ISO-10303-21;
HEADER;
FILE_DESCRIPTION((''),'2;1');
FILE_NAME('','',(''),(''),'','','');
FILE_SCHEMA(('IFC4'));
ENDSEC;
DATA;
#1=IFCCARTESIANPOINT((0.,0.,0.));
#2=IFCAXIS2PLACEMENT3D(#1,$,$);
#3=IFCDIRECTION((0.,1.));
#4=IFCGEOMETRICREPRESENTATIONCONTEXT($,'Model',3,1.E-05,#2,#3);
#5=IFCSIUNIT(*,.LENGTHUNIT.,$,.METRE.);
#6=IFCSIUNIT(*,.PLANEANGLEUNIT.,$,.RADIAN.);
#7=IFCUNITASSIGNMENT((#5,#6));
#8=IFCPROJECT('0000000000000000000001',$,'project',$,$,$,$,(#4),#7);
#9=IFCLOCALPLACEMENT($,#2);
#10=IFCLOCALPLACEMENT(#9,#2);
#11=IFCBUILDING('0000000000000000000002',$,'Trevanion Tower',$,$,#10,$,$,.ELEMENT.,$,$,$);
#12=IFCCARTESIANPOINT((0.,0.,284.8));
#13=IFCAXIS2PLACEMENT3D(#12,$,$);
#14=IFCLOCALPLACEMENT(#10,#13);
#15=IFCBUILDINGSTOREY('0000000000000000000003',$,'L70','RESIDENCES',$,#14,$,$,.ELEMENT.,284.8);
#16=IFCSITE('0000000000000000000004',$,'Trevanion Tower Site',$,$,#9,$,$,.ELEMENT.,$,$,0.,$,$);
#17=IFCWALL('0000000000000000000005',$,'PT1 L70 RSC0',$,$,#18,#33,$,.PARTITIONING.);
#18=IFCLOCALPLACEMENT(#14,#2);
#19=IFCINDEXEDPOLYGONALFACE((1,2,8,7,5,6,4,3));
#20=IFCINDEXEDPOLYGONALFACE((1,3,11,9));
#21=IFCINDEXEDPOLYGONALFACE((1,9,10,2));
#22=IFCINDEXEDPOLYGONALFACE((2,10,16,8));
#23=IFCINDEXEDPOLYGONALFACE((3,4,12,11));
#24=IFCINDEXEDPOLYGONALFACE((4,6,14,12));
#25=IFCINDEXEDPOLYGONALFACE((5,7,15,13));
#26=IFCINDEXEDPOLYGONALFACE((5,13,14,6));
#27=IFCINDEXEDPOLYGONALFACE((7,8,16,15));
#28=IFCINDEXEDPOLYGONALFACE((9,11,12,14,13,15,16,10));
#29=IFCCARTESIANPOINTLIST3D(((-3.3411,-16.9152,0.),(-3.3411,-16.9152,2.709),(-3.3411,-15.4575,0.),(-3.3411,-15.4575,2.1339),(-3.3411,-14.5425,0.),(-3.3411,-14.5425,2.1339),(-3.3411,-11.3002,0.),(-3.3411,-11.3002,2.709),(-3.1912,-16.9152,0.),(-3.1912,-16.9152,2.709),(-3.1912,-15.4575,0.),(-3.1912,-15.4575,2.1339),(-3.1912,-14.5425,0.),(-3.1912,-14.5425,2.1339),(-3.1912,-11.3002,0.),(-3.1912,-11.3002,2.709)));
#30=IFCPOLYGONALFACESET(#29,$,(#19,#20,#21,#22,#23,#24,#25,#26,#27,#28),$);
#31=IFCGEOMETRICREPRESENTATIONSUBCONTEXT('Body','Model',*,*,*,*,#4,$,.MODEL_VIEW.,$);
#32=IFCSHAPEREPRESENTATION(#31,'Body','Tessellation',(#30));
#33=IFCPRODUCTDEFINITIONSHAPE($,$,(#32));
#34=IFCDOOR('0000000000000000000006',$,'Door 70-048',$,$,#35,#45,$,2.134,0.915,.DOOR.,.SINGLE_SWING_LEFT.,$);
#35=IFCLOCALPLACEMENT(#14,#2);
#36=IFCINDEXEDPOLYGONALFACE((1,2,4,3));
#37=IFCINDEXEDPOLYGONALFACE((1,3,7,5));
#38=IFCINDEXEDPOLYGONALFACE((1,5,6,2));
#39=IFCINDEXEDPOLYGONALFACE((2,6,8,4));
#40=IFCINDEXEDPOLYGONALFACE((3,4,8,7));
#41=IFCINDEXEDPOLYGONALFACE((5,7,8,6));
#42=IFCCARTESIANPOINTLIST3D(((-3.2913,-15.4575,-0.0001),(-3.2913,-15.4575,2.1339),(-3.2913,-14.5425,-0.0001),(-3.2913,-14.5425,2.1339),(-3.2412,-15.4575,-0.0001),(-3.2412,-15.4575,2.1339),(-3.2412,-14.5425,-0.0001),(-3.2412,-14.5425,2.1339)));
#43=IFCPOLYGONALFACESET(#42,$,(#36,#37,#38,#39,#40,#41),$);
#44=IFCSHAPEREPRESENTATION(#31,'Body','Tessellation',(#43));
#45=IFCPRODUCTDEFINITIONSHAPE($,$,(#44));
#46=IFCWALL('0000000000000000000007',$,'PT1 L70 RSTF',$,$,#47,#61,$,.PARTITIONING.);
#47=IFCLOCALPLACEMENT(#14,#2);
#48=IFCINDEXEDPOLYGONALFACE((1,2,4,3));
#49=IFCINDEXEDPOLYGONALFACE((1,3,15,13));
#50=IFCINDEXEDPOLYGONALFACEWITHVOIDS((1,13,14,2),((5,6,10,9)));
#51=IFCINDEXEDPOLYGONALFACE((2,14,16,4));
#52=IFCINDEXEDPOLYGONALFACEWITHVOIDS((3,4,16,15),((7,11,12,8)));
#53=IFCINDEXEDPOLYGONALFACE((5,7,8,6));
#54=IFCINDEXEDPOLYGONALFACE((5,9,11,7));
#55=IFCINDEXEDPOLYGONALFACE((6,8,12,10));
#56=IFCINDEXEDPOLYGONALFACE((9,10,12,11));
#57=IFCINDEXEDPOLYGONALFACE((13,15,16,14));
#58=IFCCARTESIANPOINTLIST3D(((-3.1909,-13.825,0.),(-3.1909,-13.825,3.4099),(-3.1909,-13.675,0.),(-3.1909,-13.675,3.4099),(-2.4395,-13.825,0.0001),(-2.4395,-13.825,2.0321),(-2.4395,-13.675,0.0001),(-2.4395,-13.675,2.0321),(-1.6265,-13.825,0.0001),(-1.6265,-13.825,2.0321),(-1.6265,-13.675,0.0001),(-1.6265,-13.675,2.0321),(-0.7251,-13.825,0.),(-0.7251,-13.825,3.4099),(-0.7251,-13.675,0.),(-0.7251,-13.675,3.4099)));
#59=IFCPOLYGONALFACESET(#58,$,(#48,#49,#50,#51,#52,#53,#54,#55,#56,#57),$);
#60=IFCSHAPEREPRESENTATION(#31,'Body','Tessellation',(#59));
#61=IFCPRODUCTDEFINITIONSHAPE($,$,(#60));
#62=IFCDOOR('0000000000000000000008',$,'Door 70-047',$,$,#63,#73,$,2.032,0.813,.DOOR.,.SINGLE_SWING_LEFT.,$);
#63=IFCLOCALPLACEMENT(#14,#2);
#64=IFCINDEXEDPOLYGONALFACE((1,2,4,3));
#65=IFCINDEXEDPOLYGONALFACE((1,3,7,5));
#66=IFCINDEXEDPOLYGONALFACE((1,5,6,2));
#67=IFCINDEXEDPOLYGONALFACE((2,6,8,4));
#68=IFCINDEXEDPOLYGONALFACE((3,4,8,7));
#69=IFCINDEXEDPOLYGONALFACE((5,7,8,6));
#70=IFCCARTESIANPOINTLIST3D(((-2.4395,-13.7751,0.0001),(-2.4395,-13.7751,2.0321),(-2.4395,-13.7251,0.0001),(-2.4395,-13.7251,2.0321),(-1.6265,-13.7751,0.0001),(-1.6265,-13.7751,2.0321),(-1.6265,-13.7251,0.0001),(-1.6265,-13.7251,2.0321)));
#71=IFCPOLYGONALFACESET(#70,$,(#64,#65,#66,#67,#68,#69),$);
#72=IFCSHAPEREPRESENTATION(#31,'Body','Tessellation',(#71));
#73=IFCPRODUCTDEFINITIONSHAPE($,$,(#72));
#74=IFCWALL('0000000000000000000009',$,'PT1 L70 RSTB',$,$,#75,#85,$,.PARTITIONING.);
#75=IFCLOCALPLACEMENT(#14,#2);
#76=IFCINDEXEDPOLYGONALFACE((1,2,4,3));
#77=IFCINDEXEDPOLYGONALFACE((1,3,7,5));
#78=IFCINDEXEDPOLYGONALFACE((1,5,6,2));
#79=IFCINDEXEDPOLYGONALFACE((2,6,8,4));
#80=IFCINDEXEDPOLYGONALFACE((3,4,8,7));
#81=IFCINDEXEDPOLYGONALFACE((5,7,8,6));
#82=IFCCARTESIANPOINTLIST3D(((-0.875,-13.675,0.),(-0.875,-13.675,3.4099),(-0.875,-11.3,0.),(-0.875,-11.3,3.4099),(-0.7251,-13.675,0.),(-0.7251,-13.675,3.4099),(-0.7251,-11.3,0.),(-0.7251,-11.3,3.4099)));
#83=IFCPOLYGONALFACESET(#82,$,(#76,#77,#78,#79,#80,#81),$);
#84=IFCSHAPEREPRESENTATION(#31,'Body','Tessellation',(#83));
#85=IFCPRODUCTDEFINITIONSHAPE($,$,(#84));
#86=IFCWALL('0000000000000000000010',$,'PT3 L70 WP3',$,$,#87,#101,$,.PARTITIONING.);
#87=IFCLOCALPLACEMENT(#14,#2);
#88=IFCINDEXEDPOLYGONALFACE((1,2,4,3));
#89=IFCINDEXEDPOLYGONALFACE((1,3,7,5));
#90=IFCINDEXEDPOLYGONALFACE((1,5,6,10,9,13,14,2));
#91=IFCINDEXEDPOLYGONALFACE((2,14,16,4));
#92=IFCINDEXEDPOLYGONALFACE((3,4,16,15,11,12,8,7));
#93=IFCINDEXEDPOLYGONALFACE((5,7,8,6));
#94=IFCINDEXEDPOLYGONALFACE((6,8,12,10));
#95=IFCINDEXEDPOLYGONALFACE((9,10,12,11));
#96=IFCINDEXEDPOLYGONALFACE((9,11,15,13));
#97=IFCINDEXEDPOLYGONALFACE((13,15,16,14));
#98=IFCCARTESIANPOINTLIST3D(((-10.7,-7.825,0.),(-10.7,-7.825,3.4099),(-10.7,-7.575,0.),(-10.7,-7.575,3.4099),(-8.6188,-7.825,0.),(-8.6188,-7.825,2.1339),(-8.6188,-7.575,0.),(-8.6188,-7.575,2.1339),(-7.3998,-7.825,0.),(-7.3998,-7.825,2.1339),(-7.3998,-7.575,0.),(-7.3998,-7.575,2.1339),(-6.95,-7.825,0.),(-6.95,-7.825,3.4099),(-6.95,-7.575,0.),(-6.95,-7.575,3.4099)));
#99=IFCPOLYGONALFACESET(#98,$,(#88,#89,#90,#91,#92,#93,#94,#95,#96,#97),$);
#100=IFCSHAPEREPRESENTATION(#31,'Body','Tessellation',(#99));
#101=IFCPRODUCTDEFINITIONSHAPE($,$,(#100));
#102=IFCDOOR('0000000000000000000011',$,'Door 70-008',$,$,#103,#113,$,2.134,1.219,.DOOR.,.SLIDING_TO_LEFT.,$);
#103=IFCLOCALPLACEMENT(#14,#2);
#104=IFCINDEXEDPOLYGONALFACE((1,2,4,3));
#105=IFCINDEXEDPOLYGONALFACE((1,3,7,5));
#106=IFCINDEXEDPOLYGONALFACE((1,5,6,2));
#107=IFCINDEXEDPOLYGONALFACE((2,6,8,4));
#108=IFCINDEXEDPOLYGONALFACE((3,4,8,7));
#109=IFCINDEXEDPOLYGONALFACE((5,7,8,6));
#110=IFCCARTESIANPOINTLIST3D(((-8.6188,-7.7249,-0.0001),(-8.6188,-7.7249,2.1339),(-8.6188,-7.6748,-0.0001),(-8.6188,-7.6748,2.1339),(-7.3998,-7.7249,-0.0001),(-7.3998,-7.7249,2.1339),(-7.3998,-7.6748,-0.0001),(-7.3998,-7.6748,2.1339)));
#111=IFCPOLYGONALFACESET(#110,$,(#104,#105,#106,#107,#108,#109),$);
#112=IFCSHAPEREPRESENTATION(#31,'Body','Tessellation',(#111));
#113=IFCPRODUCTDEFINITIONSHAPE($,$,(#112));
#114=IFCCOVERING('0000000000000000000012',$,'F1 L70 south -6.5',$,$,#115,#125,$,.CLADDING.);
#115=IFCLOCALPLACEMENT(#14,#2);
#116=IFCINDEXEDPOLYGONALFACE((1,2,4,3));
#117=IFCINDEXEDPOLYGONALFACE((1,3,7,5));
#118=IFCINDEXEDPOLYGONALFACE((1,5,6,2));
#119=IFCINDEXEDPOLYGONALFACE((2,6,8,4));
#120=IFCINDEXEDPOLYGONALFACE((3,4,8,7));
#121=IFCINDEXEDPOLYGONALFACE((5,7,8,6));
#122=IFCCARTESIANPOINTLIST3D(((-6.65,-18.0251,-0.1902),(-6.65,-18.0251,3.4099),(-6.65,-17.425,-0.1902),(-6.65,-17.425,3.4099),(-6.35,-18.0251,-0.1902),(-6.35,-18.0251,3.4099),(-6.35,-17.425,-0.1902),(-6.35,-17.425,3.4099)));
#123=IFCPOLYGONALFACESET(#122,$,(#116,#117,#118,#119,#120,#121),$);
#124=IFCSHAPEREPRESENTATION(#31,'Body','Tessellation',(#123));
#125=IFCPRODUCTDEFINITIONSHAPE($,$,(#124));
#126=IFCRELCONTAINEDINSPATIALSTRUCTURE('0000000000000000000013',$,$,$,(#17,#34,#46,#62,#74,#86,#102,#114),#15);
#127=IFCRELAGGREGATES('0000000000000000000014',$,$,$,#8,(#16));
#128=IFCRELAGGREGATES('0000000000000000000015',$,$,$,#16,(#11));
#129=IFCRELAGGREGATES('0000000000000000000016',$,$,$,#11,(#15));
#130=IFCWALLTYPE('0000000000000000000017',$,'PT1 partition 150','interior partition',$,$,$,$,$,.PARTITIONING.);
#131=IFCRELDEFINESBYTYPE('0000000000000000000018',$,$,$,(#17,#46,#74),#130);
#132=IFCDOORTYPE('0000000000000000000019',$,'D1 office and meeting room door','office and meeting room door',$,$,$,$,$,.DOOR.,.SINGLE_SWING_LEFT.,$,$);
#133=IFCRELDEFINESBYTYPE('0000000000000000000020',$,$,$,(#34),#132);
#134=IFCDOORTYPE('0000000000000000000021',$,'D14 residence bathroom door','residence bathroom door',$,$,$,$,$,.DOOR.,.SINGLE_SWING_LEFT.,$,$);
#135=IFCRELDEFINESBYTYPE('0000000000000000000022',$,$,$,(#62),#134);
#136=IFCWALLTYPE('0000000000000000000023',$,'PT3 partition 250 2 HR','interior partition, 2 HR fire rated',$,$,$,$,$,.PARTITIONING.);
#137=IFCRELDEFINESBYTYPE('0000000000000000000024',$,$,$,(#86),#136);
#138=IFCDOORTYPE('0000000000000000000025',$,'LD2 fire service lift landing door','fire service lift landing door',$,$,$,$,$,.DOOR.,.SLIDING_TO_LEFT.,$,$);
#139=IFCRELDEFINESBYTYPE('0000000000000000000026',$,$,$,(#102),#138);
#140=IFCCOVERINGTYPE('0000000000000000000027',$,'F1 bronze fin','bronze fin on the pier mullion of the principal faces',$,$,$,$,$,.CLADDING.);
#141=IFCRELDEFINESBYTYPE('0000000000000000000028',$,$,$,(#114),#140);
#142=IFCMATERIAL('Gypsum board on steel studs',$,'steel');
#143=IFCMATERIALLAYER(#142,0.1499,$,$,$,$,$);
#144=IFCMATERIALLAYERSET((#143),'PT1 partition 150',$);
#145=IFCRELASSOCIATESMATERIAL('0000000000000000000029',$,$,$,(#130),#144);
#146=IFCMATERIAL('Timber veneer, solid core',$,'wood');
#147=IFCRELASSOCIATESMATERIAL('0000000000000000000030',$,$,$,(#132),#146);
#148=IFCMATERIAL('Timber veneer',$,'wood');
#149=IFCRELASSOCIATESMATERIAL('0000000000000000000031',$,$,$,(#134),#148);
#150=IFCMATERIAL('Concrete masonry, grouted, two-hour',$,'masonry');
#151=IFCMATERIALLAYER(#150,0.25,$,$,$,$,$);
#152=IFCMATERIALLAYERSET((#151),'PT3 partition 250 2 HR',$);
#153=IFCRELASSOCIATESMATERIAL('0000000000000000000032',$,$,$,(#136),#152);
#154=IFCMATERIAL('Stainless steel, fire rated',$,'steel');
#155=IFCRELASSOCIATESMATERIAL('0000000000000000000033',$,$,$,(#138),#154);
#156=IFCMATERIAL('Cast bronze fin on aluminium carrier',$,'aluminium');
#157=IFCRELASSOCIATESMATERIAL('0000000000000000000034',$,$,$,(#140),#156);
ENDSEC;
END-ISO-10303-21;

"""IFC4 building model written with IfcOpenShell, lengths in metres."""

from ifc_helpers import new_model, si_unit, direction, frame, frame_2d, origin, origin_2d, place, context, subcontext, project, spatial, rectangle, extrude, material, layer, layer_set, type_object, element, fill, save


model = new_model("IFC4")

# Units and contexts
model_context = context("Model", 3, precision=1e-05, world=origin(), true_north=direction((0.0, 1.0)))
body_context = subcontext(model_context, "Body", "Model", "MODEL_VIEW")
ifc_project = project(units=[si_unit("LENGTHUNIT", "METRE"), si_unit("PLANEANGLEUNIT", "RADIAN")], contexts=[model_context])

# Site, building, storey
site_placement = place(None, origin())
site = spatial("IfcSite", under=ifc_project, at=site_placement, Name="Trevanion Tower Site", CompositionType="ELEMENT", RefElevation=0.0)
building_placement = place(site_placement, origin())
building = spatial("IfcBuilding", under=site, at=building_placement, Name="Trevanion Tower", CompositionType="ELEMENT")
storey_placement = place(building_placement, frame((0.0, 0.0, 284.8)))
storey = spatial("IfcBuildingStorey", under=building, at=storey_placement, Name="L70", Description="RESIDENCES", CompositionType="ELEMENT", Elevation=284.8)

# Walls, openings, doors
ifc_material_1 = material(Name="Gypsum board on steel studs", Category="steel")
ifc_layer_1 = layer(ifc_material_1, 0.1499)
ifc_layer_set_1 = layer_set([ifc_layer_1], Name="PT1 partition 150")
wall_type_1 = type_object("IfcWallType", Name="PT1 partition 150", Description="interior partition", PredefinedType="PARTITIONING", material=ifc_layer_set_1)
wall_1_placement = place(storey_placement, frame((-3.2661, -11.3, 0.0), z_axis=(0.0, 0.0, 1.0), x_axis=(0.0, -1.0, 0.0)))
wall_1 = element("IfcWall", 1, at=wall_1_placement, inside=storey, type_object=wall_type_1, Name="PT1 L70 RSC0", PredefinedType="PARTITIONING", context=body_context, shape_type="SweptSolid", body=[
    extrude(rectangle(XDim=5.615, YDim=0.1499, at=frame_2d((2.8076, 0.0))), origin(), (0.0, 0.0, 1.0), 2.709),
])
opening_1_placement = place(wall_1_placement, frame((3.2424, 0.0, 0.0)))
opening_1 = element("IfcOpeningElement", 2, at=opening_1_placement, cuts=wall_1, PredefinedType="OPENING", context=body_context, shape_type="SweptSolid", body=[
    extrude(rectangle(XDim=0.915, YDim=2.134, at=frame_2d((0.4575, 1.0669))), frame((0.0, 0.085, 0.0), z_axis=(0.0, -1.0, 0.0), x_axis=(1.0, 0.0, 0.0)), (0.0, 0.0, 1.0), 0.1699),
])
ifc_material_2 = material(Name="Timber veneer, solid core", Category="wood")
door_type_1 = type_object("IfcDoorType", Name="D1 office and meeting room door", Description="office and meeting room door", OperationType="SINGLE_SWING_LEFT", PredefinedType="DOOR", material=ifc_material_2)
door_1_placement = place(opening_1_placement, origin())
door_1 = element("IfcDoor", 3, at=door_1_placement, inside=storey, type_object=door_type_1, Name="Door 70-048", OperationType="SINGLE_SWING_LEFT", OverallHeight=2.134, OverallWidth=0.915, PredefinedType="DOOR", context=body_context, shape_type="SweptSolid", body=[
    extrude(rectangle(XDim=0.915, YDim=2.134, at=frame_2d((0.4575, 1.0669))), frame((0.0, 0.0249, 0.0), z_axis=(0.0, -1.0, 0.0), x_axis=(1.0, 0.0, 0.0)), (0.0, 0.0, 1.0), 0.05),
])
fill(opening_1, door_1)
wall_2_placement = place(storey_placement, frame((-3.1909, -13.75, 0.0), z_axis=(0.0, 0.0, 1.0), x_axis=(1.0, 0.0, 0.0)))
wall_2 = element("IfcWall", 4, at=wall_2_placement, inside=storey, type_object=wall_type_1, Name="PT1 L70 RSTF", PredefinedType="PARTITIONING", context=body_context, shape_type="SweptSolid", body=[
    extrude(rectangle(XDim=2.4658, YDim=0.1499, at=frame_2d((1.2329, 0.0))), origin(), (0.0, 0.0, 1.0), 3.4099),
])
opening_2_placement = place(wall_2_placement, frame((0.7515, 0.0, 0.0)))
opening_2 = element("IfcOpeningElement", 5, at=opening_2_placement, cuts=wall_2, PredefinedType="OPENING", context=body_context, shape_type="SweptSolid", body=[
    extrude(rectangle(XDim=0.813, YDim=2.032, at=frame_2d((0.4065, 1.0161))), frame((0.0, 0.085, 0.0), z_axis=(0.0, -1.0, 0.0), x_axis=(1.0, 0.0, 0.0)), (0.0, 0.0, 1.0), 0.1699),
])
ifc_material_3 = material(Name="Timber veneer", Category="wood")
door_type_2 = type_object("IfcDoorType", Name="D14 residence bathroom door", Description="residence bathroom door", OperationType="SINGLE_SWING_LEFT", PredefinedType="DOOR", material=ifc_material_3)
door_2_placement = place(opening_2_placement, origin())
door_2 = element("IfcDoor", 6, at=door_2_placement, inside=storey, type_object=door_type_2, Name="Door 70-047", OperationType="SINGLE_SWING_LEFT", OverallHeight=2.032, OverallWidth=0.813, PredefinedType="DOOR", context=body_context, shape_type="SweptSolid", body=[
    extrude(rectangle(XDim=0.813, YDim=2.032, at=frame_2d((0.4065, 1.0161))), frame((0.0, 0.0249, 0.0), z_axis=(0.0, -1.0, 0.0), x_axis=(1.0, 0.0, 0.0)), (0.0, 0.0, 1.0), 0.05),
])
fill(opening_2, door_2)

# Wall
wall_3_placement = place(storey_placement, frame((-0.8, -11.3, 0.0), z_axis=(0.0, 0.0, 1.0), x_axis=(0.0, -1.0, 0.0)))
element("IfcWall", 7, at=wall_3_placement, inside=storey, type_object=wall_type_1, Name="PT1 L70 RSTB", PredefinedType="PARTITIONING", context=body_context, shape_type="SweptSolid", body=[
    extrude(rectangle(XDim=2.375, YDim=0.1499, at=frame_2d((1.1875, 0.0))), origin(), (0.0, 0.0, 1.0), 3.4099),
])

# Wall, opening, door
ifc_material_4 = material(Name="Concrete masonry, grouted, two-hour", Category="masonry")
ifc_layer_2 = layer(ifc_material_4, 0.25)
ifc_layer_set_2 = layer_set([ifc_layer_2], Name="PT3 partition 250 2 HR")
wall_type_2 = type_object("IfcWallType", Name="PT3 partition 250 2 HR", Description="interior partition, 2 HR fire rated", PredefinedType="PARTITIONING", material=ifc_layer_set_2)
wall_4_placement = place(storey_placement, frame((-6.95, -7.7, 0.0), z_axis=(0.0, 0.0, 1.0), x_axis=(-1.0, 0.0, 0.0)))
wall_4 = element("IfcWall", 8, at=wall_4_placement, inside=storey, type_object=wall_type_2, Name="PT3 L70 WP3", PredefinedType="PARTITIONING", context=body_context, shape_type="SweptSolid", body=[
    extrude(rectangle(XDim=3.75, YDim=0.25, at=frame_2d((1.875, 0.0))), origin(), (0.0, 0.0, 1.0), 3.4099),
])
opening_3_placement = place(wall_4_placement, frame((0.45, 0.0, 0.0)))
opening_3 = element("IfcOpeningElement", 9, at=opening_3_placement, cuts=wall_4, PredefinedType="OPENING", context=body_context, shape_type="SweptSolid", body=[
    extrude(rectangle(XDim=1.219, YDim=2.134, at=frame_2d((0.6094, 1.0669))), frame((0.0, 0.135, 0.0), z_axis=(0.0, -1.0, 0.0), x_axis=(1.0, 0.0, 0.0)), (0.0, 0.0, 1.0), 0.27),
])
ifc_material_5 = material(Name="Stainless steel, fire rated", Category="steel")
door_type_3 = type_object("IfcDoorType", Name="LD2 fire service lift landing door", Description="fire service lift landing door", OperationType="SLIDING_TO_LEFT", PredefinedType="DOOR", material=ifc_material_5)
door_3_placement = place(opening_3_placement, origin())
door_3 = element("IfcDoor", 10, at=door_3_placement, inside=storey, type_object=door_type_3, Name="Door 70-008", OperationType="SLIDING_TO_LEFT", OverallHeight=2.134, OverallWidth=1.219, PredefinedType="DOOR", context=body_context, shape_type="SweptSolid", body=[
    extrude(rectangle(XDim=1.219, YDim=2.134, at=frame_2d((0.6094, 1.0669))), frame((0.0, 0.0249, 0.0), z_axis=(0.0, -1.0, 0.0), x_axis=(1.0, 0.0, 0.0)), (0.0, 0.0, 1.0), 0.05),
])
fill(opening_3, door_3)

# Covering
ifc_material_6 = material(Name="Cast bronze fin on aluminium carrier", Category="aluminium")
covering_type = type_object("IfcCoveringType", Name="F1 bronze fin", Description="bronze fin on the pier mullion of the principal faces", PredefinedType="CLADDING", material=ifc_material_6)
covering_placement = place(storey_placement, frame((-6.5, -17.7251, -0.1902), z_axis=(0.0, 0.0, 1.0), x_axis=(1.0, 0.0, 0.0)))
element("IfcCovering", 11, at=covering_placement, inside=storey, type_object=covering_type, Name="F1 L70 south -6.5", PredefinedType="CLADDING", context=body_context, shape_type="SweptSolid", body=[
    extrude(rectangle(XDim=0.3, YDim=0.6001, at=origin_2d()), origin(), (0.0, 0.0, 1.0), 3.6001),
])

save(model, "model.ifc")
